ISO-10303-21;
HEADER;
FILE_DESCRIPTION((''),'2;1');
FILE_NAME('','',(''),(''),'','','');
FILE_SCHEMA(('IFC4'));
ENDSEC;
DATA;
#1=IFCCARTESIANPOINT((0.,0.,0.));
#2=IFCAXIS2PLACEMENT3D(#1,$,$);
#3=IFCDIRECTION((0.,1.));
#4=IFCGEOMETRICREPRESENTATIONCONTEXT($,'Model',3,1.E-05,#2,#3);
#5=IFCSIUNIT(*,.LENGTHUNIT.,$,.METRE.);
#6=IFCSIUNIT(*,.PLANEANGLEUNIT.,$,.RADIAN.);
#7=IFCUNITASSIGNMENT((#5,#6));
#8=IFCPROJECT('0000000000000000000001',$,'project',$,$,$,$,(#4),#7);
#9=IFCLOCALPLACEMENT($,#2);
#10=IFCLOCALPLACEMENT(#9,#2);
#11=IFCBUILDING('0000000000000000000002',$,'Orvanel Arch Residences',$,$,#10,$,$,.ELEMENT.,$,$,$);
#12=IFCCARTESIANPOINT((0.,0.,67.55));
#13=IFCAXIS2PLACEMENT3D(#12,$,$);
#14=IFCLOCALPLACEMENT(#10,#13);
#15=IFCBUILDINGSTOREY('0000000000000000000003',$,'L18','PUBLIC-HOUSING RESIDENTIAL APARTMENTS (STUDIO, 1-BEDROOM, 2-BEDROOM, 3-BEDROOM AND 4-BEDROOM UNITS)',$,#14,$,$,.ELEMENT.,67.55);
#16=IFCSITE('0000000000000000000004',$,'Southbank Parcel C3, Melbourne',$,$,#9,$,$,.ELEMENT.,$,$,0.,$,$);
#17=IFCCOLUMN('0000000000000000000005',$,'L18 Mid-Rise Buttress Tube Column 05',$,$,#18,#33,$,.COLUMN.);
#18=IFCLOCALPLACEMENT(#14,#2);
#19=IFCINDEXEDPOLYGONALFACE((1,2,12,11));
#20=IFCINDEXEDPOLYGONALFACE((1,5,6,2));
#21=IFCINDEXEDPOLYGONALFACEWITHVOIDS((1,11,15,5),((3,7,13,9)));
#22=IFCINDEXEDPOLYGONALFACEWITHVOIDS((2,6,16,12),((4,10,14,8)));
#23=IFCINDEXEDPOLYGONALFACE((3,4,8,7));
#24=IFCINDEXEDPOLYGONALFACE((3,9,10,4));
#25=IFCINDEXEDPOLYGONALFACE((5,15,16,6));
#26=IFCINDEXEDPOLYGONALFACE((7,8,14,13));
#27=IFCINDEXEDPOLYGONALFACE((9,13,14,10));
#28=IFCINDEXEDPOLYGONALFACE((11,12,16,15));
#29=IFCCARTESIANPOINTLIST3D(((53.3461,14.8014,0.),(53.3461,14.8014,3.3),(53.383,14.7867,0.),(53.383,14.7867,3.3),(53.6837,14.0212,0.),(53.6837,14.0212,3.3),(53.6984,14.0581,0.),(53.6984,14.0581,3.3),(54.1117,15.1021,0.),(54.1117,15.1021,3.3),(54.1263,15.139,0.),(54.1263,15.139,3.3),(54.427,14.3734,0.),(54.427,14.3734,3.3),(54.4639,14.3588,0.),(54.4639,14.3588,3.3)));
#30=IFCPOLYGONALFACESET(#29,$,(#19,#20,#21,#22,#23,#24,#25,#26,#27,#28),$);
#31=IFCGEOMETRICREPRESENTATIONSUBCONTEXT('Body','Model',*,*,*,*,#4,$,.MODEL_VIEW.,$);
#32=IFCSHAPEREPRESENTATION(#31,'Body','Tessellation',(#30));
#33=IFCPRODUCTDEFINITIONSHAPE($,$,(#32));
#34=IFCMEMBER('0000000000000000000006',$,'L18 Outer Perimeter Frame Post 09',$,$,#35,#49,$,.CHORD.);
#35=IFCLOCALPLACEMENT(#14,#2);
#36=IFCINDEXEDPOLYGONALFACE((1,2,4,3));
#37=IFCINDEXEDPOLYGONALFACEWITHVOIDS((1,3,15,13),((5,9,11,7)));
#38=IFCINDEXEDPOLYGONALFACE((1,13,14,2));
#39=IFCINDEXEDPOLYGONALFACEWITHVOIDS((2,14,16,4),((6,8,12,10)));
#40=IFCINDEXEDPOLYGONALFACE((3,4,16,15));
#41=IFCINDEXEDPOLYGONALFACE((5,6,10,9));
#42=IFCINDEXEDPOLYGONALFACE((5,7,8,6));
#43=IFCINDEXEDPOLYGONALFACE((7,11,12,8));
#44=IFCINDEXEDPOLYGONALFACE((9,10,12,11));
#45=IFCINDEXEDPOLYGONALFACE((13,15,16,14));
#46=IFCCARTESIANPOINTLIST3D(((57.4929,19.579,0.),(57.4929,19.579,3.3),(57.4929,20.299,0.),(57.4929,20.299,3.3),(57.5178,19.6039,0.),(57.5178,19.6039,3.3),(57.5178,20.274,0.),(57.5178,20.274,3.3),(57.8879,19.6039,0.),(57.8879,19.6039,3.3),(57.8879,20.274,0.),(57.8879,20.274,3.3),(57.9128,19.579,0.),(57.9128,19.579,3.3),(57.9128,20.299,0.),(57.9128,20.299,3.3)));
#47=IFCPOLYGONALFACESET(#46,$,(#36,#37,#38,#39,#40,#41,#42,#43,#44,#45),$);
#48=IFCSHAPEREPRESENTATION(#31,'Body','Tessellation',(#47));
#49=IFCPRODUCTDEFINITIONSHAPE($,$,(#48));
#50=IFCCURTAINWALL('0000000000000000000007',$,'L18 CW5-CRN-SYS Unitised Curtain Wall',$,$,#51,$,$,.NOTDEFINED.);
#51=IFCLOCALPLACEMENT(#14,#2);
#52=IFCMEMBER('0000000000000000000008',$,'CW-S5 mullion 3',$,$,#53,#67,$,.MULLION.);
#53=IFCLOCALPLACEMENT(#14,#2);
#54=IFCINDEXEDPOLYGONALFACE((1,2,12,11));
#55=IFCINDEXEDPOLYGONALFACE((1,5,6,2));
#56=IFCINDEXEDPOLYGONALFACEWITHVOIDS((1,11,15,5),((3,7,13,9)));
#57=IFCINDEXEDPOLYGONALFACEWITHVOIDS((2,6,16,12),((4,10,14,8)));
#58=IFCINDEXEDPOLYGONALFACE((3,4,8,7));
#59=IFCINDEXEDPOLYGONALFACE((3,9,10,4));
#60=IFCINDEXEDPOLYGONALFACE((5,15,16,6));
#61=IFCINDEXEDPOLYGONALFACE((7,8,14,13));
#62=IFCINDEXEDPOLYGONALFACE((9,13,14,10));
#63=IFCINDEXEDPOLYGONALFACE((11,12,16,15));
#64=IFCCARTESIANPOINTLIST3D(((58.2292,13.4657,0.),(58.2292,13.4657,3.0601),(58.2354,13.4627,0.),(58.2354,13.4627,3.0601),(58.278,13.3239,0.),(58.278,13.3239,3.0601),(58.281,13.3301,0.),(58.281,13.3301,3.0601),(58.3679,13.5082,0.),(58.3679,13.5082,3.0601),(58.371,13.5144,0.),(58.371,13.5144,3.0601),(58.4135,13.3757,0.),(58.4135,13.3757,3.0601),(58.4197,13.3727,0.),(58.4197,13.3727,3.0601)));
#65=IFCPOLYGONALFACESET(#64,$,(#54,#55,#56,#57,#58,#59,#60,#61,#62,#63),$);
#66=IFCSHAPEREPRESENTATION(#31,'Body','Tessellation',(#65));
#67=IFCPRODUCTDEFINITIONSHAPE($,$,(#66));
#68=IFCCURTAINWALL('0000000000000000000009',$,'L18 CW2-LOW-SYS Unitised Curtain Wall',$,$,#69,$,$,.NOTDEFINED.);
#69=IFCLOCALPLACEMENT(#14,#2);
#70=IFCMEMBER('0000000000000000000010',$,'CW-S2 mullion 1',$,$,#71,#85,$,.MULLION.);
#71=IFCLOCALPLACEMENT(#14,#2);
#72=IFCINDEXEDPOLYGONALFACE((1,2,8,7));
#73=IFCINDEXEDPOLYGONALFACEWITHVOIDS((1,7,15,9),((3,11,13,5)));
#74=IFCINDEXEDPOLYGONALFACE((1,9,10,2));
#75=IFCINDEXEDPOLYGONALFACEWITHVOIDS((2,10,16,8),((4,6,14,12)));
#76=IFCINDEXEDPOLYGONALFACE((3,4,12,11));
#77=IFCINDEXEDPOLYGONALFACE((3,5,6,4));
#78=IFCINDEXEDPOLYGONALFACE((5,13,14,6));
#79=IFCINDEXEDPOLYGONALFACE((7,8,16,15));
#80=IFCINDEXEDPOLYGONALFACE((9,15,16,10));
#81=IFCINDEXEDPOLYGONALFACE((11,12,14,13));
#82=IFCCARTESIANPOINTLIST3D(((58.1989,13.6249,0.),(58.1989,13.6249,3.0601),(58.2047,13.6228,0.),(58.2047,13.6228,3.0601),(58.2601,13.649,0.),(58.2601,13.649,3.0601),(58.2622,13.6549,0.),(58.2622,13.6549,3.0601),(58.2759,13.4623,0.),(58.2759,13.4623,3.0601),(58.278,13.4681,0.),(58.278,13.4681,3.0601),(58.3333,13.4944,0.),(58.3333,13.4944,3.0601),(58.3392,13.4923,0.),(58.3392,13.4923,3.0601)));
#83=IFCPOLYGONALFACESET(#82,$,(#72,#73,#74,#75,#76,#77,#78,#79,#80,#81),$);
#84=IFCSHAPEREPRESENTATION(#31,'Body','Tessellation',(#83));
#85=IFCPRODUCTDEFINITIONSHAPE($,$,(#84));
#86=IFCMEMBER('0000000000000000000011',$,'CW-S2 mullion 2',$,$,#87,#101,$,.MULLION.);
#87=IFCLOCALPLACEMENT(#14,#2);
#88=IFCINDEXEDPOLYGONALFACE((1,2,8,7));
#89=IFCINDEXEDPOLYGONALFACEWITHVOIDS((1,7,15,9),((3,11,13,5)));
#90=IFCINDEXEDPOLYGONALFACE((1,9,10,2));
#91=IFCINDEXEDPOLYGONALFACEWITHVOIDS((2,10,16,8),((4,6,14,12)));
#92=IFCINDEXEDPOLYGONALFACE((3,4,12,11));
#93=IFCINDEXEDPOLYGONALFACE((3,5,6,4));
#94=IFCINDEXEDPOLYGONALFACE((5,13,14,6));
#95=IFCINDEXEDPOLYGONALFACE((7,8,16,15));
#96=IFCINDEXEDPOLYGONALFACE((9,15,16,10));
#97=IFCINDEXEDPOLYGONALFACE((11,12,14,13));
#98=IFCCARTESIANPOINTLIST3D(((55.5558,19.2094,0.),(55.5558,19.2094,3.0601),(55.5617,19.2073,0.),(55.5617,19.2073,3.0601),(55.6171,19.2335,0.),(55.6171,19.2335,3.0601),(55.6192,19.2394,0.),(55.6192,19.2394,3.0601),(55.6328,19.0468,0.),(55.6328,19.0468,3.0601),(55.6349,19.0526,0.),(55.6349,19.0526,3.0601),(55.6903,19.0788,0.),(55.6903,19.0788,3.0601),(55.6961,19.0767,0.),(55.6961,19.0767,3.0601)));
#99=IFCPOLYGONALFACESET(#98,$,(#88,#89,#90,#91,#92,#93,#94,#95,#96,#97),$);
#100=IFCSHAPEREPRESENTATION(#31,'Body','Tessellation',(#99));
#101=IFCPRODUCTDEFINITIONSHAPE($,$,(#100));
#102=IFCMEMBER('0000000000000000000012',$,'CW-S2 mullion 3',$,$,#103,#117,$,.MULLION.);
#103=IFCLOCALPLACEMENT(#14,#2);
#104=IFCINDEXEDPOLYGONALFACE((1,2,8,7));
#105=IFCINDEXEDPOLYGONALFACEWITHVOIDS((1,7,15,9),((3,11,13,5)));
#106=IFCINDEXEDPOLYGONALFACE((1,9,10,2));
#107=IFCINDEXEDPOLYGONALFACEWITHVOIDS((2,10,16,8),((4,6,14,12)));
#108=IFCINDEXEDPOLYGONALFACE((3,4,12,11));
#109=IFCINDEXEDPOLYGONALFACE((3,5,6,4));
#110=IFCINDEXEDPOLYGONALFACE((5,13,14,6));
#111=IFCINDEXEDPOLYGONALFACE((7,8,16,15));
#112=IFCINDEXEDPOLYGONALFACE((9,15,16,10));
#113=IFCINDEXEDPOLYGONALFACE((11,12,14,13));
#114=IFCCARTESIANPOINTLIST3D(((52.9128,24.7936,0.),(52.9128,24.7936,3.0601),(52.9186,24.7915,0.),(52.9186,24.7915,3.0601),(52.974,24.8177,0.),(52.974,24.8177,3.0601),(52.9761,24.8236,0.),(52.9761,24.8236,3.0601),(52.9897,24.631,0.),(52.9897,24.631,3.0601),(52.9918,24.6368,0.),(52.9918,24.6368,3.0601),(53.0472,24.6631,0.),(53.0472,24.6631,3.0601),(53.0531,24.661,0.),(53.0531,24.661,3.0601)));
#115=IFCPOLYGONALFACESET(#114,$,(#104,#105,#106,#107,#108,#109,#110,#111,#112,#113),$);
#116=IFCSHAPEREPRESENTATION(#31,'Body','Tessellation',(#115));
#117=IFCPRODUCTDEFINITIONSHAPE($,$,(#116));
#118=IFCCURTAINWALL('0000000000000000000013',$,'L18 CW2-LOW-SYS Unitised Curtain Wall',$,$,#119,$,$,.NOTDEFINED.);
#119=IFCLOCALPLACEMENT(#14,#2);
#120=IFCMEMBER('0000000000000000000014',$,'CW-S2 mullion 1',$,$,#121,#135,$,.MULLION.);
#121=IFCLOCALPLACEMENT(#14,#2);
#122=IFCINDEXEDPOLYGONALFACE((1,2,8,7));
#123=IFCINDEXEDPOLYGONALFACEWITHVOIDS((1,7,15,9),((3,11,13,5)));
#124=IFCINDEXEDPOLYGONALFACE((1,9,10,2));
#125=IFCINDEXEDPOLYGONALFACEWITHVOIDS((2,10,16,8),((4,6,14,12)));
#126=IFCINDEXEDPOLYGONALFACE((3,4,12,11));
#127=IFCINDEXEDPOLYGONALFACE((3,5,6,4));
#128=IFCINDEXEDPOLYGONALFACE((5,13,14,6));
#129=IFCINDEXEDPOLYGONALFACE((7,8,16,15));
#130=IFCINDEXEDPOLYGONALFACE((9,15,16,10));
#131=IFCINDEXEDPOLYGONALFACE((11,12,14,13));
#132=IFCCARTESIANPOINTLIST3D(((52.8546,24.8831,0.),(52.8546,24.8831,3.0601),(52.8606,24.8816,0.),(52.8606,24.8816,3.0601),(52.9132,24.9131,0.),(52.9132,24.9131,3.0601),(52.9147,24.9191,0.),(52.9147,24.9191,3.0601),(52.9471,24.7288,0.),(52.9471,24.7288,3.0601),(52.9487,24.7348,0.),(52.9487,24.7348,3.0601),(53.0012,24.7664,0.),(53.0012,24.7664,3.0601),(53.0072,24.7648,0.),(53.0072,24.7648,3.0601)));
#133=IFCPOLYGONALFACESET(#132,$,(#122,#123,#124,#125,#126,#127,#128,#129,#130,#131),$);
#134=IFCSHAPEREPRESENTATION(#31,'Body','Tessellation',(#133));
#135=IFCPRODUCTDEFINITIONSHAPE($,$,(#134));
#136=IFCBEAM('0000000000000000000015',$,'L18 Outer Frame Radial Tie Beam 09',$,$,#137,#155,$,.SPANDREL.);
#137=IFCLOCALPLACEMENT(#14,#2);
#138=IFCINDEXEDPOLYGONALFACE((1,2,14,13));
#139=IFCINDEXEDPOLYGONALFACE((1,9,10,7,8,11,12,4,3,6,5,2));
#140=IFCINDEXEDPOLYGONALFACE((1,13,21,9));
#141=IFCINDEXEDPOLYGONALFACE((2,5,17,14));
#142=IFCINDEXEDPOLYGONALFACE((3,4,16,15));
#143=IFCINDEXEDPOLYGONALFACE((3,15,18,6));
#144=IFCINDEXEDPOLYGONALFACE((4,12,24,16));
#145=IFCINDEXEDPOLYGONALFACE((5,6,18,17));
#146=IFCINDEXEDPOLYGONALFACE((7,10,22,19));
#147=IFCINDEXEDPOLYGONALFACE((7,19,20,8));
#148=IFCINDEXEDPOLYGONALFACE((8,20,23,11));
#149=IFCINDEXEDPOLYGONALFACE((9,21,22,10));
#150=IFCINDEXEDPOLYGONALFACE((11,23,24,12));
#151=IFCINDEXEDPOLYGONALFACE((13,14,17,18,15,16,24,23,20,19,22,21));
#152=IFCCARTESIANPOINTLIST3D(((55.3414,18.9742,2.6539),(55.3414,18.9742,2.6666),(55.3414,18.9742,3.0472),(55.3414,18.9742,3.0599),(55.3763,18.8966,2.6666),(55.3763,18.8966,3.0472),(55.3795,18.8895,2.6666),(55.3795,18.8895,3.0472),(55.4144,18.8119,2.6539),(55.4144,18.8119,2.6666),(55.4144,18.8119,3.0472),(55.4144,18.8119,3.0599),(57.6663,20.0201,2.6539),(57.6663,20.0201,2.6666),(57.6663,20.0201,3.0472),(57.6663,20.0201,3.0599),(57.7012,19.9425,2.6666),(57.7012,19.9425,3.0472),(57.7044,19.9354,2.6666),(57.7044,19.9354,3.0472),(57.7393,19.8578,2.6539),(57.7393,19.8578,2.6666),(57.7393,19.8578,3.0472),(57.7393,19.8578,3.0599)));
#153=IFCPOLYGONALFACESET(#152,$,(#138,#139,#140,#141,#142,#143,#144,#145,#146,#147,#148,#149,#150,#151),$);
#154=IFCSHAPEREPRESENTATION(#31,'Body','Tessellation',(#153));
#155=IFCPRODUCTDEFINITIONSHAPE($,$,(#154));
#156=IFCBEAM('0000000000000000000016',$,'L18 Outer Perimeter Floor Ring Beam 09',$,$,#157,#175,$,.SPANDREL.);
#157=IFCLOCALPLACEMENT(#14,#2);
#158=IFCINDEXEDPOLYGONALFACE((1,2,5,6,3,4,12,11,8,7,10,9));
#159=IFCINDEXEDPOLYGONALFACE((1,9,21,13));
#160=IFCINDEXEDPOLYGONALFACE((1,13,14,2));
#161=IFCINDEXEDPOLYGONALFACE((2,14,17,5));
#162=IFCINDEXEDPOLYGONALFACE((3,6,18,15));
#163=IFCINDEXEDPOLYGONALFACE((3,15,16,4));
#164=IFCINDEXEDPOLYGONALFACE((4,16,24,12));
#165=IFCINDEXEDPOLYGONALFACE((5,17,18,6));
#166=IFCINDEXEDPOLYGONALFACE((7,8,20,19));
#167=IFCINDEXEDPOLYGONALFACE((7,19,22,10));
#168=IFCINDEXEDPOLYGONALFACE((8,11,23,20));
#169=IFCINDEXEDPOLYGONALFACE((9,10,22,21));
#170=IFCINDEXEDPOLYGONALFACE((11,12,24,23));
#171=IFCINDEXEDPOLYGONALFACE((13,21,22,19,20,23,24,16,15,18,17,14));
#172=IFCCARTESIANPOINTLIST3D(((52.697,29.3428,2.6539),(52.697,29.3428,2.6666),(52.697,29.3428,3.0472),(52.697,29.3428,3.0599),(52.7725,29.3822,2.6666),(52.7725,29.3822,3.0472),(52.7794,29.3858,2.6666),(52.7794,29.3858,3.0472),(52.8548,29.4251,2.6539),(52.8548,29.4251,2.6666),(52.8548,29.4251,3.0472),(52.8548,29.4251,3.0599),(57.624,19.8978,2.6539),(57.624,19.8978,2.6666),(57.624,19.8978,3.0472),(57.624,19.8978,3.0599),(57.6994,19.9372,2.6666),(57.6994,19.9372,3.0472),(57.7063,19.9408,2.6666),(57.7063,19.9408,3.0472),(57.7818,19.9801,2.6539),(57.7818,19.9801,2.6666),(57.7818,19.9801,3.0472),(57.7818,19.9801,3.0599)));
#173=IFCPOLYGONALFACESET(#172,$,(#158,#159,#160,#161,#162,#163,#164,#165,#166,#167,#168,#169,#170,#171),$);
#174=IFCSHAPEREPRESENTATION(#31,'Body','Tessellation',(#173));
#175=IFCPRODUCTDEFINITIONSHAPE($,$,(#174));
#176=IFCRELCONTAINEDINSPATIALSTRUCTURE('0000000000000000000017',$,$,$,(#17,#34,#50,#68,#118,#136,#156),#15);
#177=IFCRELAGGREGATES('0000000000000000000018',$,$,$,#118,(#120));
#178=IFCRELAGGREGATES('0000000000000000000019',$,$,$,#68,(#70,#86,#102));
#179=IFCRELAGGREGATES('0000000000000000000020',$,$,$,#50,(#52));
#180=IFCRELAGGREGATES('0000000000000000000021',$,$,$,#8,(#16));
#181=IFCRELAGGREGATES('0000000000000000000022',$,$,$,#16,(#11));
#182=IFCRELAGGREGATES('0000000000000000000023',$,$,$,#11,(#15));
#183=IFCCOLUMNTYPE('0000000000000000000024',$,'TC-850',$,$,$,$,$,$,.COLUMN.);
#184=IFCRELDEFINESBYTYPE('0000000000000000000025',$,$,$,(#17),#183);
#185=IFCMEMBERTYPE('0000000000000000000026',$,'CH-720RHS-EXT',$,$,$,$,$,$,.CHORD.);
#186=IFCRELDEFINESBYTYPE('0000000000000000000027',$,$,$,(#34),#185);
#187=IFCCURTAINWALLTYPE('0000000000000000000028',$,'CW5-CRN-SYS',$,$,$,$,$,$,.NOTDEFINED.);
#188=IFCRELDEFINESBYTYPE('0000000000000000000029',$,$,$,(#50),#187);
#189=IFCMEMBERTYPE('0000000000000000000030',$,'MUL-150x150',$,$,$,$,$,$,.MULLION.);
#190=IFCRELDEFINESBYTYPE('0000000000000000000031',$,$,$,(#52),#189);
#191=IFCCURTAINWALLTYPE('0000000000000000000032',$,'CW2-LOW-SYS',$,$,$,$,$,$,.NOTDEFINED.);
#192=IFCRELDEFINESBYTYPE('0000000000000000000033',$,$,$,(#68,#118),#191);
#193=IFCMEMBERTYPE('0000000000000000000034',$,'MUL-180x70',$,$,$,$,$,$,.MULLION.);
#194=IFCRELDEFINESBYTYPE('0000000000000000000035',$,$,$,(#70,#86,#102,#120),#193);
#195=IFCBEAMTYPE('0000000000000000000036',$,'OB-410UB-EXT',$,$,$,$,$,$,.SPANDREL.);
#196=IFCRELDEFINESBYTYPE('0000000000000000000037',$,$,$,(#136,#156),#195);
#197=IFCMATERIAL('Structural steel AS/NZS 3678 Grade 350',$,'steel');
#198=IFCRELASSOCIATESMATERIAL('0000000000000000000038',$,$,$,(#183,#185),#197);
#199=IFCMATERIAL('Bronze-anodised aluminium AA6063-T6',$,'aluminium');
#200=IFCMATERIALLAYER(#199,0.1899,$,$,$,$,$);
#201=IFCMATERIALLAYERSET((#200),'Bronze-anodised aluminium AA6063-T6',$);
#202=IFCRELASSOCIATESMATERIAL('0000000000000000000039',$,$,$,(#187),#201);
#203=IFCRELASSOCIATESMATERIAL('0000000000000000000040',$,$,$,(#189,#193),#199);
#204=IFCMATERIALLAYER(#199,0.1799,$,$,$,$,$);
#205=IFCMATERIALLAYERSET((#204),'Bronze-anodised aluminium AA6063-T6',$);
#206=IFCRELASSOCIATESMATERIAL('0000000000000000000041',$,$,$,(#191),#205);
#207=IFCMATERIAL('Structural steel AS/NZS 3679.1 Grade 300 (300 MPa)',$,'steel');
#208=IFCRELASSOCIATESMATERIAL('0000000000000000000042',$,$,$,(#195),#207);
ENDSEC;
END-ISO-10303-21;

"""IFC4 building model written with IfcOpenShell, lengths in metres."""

from ifc_helpers import new_model, si_unit, direction, frame, origin, origin_2d, place, context, subcontext, project, spatial, hollow_rectangle, i_section, extrude, material, layer, layer_set, material_profile, profile_set, type_object, element, aggregate, save


model = new_model("IFC4")

# Units and contexts
model_context = context("Model", 3, precision=1e-05, world=origin(), true_north=direction((0.0, 1.0)))
body_context = subcontext(model_context, "Body", "Model", "MODEL_VIEW")
ifc_project = project(units=[si_unit("LENGTHUNIT", "METRE"), si_unit("PLANEANGLEUNIT", "RADIAN")], contexts=[model_context])

# Site, building, storey
site_placement = place(None, origin())
site = spatial("IfcSite", under=ifc_project, at=site_placement, Name="Southbank Parcel C3, Melbourne", CompositionType="ELEMENT", RefElevation=0.0)
building_placement = place(site_placement, origin())
building = spatial("IfcBuilding", under=site, at=building_placement, Name="Orvanel Arch Residences", CompositionType="ELEMENT")
storey_placement = place(building_placement, frame((0.0, 0.0, 67.55)))
storey = spatial("IfcBuildingStorey", under=building, at=storey_placement, Name="L18", Description="PUBLIC-HOUSING RESIDENTIAL APARTMENTS (STUDIO, 1-BEDROOM, 2-BEDROOM, 3-BEDROOM AND 4-BEDROOM UNITS)", CompositionType="ELEMENT", Elevation=67.55)

# Column
ifc_material_1 = material(Name="Structural steel AS/NZS 3678 Grade 350", Category="steel")
ifc_material_profile_1 = material_profile(ifc_material_1, hollow_rectangle(XDim=0.8501, YDim=0.8501, WallThickness=0.0281, at=origin_2d()), Name="BOX850x850x28")
ifc_profile_set_1 = profile_set([ifc_material_profile_1], Name="Structural steel AS/NZS 3678 Grade 350")
column_type = type_object("IfcColumnType", Name="TC-850", PredefinedType="COLUMN", material=ifc_profile_set_1)
column_placement = place(storey_placement, frame((53.905, 14.5801, 0.0), z_axis=(0.0, 0.0, 1.0), x_axis=(-0.397148, 0.917755, 0.0)))
element("IfcColumn", 1, at=column_placement, inside=storey, type_object=column_type, Name="L18 Mid-Rise Buttress Tube Column 05", PredefinedType="COLUMN", context=body_context, shape_type="SweptSolid", body=[
    extrude(hollow_rectangle(XDim=0.8501, YDim=0.8501, WallThickness=0.0281, at=origin_2d()), origin(), (0.0, 0.0, 1.0), 3.3),
])

# Member
ifc_material_profile_2 = material_profile(ifc_material_1, hollow_rectangle(XDim=0.4199, YDim=0.72, WallThickness=0.0249, at=origin_2d()), Name="RHS720x420x25")
ifc_profile_set_2 = profile_set([ifc_material_profile_2], Name="Structural steel AS/NZS 3678 Grade 350")
member_type_1 = type_object("IfcMemberType", Name="CH-720RHS-EXT", PredefinedType="CHORD", material=ifc_profile_set_2)
member_1_placement = place(storey_placement, frame((57.7029, 19.939, 0.0), z_axis=(0.0, 0.0, 1.0), x_axis=(1.0, 0.0, 0.0)))
element("IfcMember", 2, at=member_1_placement, inside=storey, type_object=member_type_1, Name="L18 Outer Perimeter Frame Post 09", PredefinedType="CHORD", context=body_context, shape_type="SweptSolid", body=[
    extrude(hollow_rectangle(XDim=0.4199, YDim=0.72, WallThickness=0.0249, at=origin_2d()), origin(), (0.0, 0.0, 1.0), 3.3),
])

# Curtain wall, member
ifc_material_2 = material(Name="Bronze-anodised aluminium AA6063-T6", Category="aluminium")
ifc_layer_1 = layer(ifc_material_2, 0.1899)
ifc_layer_set_1 = layer_set([ifc_layer_1], Name="Bronze-anodised aluminium AA6063-T6")
curtain_wall_type_1 = type_object("IfcCurtainWallType", Name="CW5-CRN-SYS", PredefinedType="NOTDEFINED", material=ifc_layer_set_1)
curtain_wall_1_placement = place(storey_placement, origin())
curtain_wall_1 = element("IfcCurtainWall", 3, at=curtain_wall_1_placement, inside=storey, type_object=curtain_wall_type_1, Name="L18 CW5-CRN-SYS Unitised Curtain Wall", PredefinedType="NOTDEFINED")
ifc_material_profile_3 = material_profile(ifc_material_2, hollow_rectangle(XDim=0.1499, YDim=0.1499, WallThickness=0.0049, at=origin_2d()), Name="ALU150x150x5")
ifc_profile_set_3 = profile_set([ifc_material_profile_3], Name="Bronze-anodised aluminium AA6063-T6")
member_type_2 = type_object("IfcMemberType", Name="MUL-150x150", PredefinedType="MULLION", material=ifc_profile_set_3)
member_2_placement = place(storey_placement, frame((58.3245, 13.4192, 0.0), z_axis=(0.0, 0.0, 1.0), x_axis=(-0.945657, -0.325165, 0.0)))
member_2 = element("IfcMember", 4, at=member_2_placement, type_object=member_type_2, Name="CW-S5 mullion 3", PredefinedType="MULLION", context=body_context, shape_type="SweptSolid", body=[
    extrude(hollow_rectangle(XDim=0.1499, YDim=0.1499, WallThickness=0.0049, at=origin_2d()), origin(), (0.0, 0.0, 1.0), 3.0601),
])

# Curtain wall, members
ifc_layer_2 = layer(ifc_material_2, 0.1799)
ifc_layer_set_2 = layer_set([ifc_layer_2], Name="Bronze-anodised aluminium AA6063-T6")
curtain_wall_type_2 = type_object("IfcCurtainWallType", Name="CW2-LOW-SYS", PredefinedType="NOTDEFINED", material=ifc_layer_set_2)
curtain_wall_2_placement = place(storey_placement, origin())
curtain_wall_2 = element("IfcCurtainWall", 5, at=curtain_wall_2_placement, inside=storey, type_object=curtain_wall_type_2, Name="L18 CW2-LOW-SYS Unitised Curtain Wall", PredefinedType="NOTDEFINED")
ifc_material_profile_4 = material_profile(ifc_material_2, hollow_rectangle(XDim=0.0701, YDim=0.1799, WallThickness=0.0044, at=origin_2d()), Name="ALU180x70x4.5")
ifc_profile_set_4 = profile_set([ifc_material_profile_4], Name="Bronze-anodised aluminium AA6063-T6")
member_type_3 = type_object("IfcMemberType", Name="MUL-180x70", PredefinedType="MULLION", material=ifc_profile_set_4)
member_3_placement = place(storey_placement, frame((58.269, 13.5586, 0.0), z_axis=(0.0, 0.0, 1.0), x_axis=(-0.903875, -0.427796, 0.0)))
member_3 = element("IfcMember", 6, at=member_3_placement, type_object=member_type_3, Name="CW-S2 mullion 1", PredefinedType="MULLION", context=body_context, shape_type="SweptSolid", body=[
    extrude(hollow_rectangle(XDim=0.0701, YDim=0.1799, WallThickness=0.0044, at=origin_2d()), origin(), (0.0, 0.0, 1.0), 3.0601),
])
member_4_placement = place(storey_placement, frame((55.626, 19.1431, 0.0), z_axis=(0.0, 0.0, 1.0), x_axis=(-0.903875, -0.427796, 0.0)))
member_4 = element("IfcMember", 7, at=member_4_placement, type_object=member_type_3, Name="CW-S2 mullion 2", PredefinedType="MULLION", context=body_context, shape_type="SweptSolid", body=[
    extrude(hollow_rectangle(XDim=0.0701, YDim=0.1799, WallThickness=0.0044, at=origin_2d()), origin(), (0.0, 0.0, 1.0), 3.0601),
])
member_5_placement = place(storey_placement, frame((52.9829, 24.7273, 0.0), z_axis=(0.0, 0.0, 1.0), x_axis=(-0.903875, -0.427796, 0.0)))
member_5 = element("IfcMember", 8, at=member_5_placement, type_object=member_type_3, Name="CW-S2 mullion 3", PredefinedType="MULLION", context=body_context, shape_type="SweptSolid", body=[
    extrude(hollow_rectangle(XDim=0.0701, YDim=0.1799, WallThickness=0.0044, at=origin_2d()), origin(), (0.0, 0.0, 1.0), 3.0601),
])

# Curtain wall, member
curtain_wall_3_placement = place(storey_placement, origin())
curtain_wall_3 = element("IfcCurtainWall", 9, at=curtain_wall_3_placement, inside=storey, type_object=curtain_wall_type_2, Name="L18 CW2-LOW-SYS Unitised Curtain Wall", PredefinedType="NOTDEFINED")
member_6_placement = place(storey_placement, frame((52.9309, 24.824, 0.0), z_axis=(0.0, 0.0, 1.0), x_axis=(-0.85755, -0.514401, 0.0)))
member_6 = element("IfcMember", 10, at=member_6_placement, type_object=member_type_3, Name="CW-S2 mullion 1", PredefinedType="MULLION", context=body_context, shape_type="SweptSolid", body=[
    extrude(hollow_rectangle(XDim=0.0701, YDim=0.1799, WallThickness=0.0044, at=origin_2d()), origin(), (0.0, 0.0, 1.0), 3.0601),
])

# Beams
ifc_material_3 = material(Name="Structural steel AS/NZS 3679.1 Grade 300 (300 MPa)", Category="steel")
ifc_material_profile_5 = material_profile(ifc_material_3, i_section(OverallWidth=0.178, OverallDepth=0.406, WebThickness=0.0078, FlangeThickness=0.0127, at=origin_2d()), Name="410UB59.7")
ifc_profile_set_5 = profile_set([ifc_material_profile_5], Name="Structural steel AS/NZS 3679.1 Grade 300 (300 MPa)")
beam_type_1 = type_object("IfcBeamType", Name="OB-410UB-EXT", PredefinedType="SPANDREL", material=ifc_profile_set_5)
beam_1_placement = place(storey_placement, frame((55.3779, 18.8931, 2.8569), z_axis=(0.91197, 0.410257, 0.0), x_axis=(-0.410257, 0.91197, 0.0)))
element("IfcBeam", 11, at=beam_1_placement, inside=storey, type_object=beam_type_1, Name="L18 Outer Frame Radial Tie Beam 09", PredefinedType="SPANDREL", context=body_context, shape_type="SweptSolid", body=[
    extrude(i_section(OverallWidth=0.178, OverallDepth=0.406, WebThickness=0.0078, FlangeThickness=0.0127, at=origin_2d()), origin(), (0.0, 0.0, 1.0), 2.5493),
])
beam_2_placement = place(storey_placement, frame((57.7029, 19.939, 2.8569), z_axis=(-0.462503, 0.886618, 0.0), x_axis=(-0.886618, -0.462503, 0.0)))
element("IfcBeam", 12, at=beam_2_placement, inside=storey, type_object=beam_type_1, Name="L18 Outer Perimeter Floor Ring Beam 09", PredefinedType="SPANDREL", context=body_context, shape_type="SweptSolid", body=[
    extrude(i_section(OverallWidth=0.178, OverallDepth=0.406, WebThickness=0.0078, FlangeThickness=0.0127, at=origin_2d()), origin(), (0.0, 0.0, 1.0), 10.6528),
])

aggregate(curtain_wall_3, [member_6])

aggregate(curtain_wall_2, [member_3, member_4, member_5])
aggregate(curtain_wall_1, [member_2])

save(model, "model.ifc")
